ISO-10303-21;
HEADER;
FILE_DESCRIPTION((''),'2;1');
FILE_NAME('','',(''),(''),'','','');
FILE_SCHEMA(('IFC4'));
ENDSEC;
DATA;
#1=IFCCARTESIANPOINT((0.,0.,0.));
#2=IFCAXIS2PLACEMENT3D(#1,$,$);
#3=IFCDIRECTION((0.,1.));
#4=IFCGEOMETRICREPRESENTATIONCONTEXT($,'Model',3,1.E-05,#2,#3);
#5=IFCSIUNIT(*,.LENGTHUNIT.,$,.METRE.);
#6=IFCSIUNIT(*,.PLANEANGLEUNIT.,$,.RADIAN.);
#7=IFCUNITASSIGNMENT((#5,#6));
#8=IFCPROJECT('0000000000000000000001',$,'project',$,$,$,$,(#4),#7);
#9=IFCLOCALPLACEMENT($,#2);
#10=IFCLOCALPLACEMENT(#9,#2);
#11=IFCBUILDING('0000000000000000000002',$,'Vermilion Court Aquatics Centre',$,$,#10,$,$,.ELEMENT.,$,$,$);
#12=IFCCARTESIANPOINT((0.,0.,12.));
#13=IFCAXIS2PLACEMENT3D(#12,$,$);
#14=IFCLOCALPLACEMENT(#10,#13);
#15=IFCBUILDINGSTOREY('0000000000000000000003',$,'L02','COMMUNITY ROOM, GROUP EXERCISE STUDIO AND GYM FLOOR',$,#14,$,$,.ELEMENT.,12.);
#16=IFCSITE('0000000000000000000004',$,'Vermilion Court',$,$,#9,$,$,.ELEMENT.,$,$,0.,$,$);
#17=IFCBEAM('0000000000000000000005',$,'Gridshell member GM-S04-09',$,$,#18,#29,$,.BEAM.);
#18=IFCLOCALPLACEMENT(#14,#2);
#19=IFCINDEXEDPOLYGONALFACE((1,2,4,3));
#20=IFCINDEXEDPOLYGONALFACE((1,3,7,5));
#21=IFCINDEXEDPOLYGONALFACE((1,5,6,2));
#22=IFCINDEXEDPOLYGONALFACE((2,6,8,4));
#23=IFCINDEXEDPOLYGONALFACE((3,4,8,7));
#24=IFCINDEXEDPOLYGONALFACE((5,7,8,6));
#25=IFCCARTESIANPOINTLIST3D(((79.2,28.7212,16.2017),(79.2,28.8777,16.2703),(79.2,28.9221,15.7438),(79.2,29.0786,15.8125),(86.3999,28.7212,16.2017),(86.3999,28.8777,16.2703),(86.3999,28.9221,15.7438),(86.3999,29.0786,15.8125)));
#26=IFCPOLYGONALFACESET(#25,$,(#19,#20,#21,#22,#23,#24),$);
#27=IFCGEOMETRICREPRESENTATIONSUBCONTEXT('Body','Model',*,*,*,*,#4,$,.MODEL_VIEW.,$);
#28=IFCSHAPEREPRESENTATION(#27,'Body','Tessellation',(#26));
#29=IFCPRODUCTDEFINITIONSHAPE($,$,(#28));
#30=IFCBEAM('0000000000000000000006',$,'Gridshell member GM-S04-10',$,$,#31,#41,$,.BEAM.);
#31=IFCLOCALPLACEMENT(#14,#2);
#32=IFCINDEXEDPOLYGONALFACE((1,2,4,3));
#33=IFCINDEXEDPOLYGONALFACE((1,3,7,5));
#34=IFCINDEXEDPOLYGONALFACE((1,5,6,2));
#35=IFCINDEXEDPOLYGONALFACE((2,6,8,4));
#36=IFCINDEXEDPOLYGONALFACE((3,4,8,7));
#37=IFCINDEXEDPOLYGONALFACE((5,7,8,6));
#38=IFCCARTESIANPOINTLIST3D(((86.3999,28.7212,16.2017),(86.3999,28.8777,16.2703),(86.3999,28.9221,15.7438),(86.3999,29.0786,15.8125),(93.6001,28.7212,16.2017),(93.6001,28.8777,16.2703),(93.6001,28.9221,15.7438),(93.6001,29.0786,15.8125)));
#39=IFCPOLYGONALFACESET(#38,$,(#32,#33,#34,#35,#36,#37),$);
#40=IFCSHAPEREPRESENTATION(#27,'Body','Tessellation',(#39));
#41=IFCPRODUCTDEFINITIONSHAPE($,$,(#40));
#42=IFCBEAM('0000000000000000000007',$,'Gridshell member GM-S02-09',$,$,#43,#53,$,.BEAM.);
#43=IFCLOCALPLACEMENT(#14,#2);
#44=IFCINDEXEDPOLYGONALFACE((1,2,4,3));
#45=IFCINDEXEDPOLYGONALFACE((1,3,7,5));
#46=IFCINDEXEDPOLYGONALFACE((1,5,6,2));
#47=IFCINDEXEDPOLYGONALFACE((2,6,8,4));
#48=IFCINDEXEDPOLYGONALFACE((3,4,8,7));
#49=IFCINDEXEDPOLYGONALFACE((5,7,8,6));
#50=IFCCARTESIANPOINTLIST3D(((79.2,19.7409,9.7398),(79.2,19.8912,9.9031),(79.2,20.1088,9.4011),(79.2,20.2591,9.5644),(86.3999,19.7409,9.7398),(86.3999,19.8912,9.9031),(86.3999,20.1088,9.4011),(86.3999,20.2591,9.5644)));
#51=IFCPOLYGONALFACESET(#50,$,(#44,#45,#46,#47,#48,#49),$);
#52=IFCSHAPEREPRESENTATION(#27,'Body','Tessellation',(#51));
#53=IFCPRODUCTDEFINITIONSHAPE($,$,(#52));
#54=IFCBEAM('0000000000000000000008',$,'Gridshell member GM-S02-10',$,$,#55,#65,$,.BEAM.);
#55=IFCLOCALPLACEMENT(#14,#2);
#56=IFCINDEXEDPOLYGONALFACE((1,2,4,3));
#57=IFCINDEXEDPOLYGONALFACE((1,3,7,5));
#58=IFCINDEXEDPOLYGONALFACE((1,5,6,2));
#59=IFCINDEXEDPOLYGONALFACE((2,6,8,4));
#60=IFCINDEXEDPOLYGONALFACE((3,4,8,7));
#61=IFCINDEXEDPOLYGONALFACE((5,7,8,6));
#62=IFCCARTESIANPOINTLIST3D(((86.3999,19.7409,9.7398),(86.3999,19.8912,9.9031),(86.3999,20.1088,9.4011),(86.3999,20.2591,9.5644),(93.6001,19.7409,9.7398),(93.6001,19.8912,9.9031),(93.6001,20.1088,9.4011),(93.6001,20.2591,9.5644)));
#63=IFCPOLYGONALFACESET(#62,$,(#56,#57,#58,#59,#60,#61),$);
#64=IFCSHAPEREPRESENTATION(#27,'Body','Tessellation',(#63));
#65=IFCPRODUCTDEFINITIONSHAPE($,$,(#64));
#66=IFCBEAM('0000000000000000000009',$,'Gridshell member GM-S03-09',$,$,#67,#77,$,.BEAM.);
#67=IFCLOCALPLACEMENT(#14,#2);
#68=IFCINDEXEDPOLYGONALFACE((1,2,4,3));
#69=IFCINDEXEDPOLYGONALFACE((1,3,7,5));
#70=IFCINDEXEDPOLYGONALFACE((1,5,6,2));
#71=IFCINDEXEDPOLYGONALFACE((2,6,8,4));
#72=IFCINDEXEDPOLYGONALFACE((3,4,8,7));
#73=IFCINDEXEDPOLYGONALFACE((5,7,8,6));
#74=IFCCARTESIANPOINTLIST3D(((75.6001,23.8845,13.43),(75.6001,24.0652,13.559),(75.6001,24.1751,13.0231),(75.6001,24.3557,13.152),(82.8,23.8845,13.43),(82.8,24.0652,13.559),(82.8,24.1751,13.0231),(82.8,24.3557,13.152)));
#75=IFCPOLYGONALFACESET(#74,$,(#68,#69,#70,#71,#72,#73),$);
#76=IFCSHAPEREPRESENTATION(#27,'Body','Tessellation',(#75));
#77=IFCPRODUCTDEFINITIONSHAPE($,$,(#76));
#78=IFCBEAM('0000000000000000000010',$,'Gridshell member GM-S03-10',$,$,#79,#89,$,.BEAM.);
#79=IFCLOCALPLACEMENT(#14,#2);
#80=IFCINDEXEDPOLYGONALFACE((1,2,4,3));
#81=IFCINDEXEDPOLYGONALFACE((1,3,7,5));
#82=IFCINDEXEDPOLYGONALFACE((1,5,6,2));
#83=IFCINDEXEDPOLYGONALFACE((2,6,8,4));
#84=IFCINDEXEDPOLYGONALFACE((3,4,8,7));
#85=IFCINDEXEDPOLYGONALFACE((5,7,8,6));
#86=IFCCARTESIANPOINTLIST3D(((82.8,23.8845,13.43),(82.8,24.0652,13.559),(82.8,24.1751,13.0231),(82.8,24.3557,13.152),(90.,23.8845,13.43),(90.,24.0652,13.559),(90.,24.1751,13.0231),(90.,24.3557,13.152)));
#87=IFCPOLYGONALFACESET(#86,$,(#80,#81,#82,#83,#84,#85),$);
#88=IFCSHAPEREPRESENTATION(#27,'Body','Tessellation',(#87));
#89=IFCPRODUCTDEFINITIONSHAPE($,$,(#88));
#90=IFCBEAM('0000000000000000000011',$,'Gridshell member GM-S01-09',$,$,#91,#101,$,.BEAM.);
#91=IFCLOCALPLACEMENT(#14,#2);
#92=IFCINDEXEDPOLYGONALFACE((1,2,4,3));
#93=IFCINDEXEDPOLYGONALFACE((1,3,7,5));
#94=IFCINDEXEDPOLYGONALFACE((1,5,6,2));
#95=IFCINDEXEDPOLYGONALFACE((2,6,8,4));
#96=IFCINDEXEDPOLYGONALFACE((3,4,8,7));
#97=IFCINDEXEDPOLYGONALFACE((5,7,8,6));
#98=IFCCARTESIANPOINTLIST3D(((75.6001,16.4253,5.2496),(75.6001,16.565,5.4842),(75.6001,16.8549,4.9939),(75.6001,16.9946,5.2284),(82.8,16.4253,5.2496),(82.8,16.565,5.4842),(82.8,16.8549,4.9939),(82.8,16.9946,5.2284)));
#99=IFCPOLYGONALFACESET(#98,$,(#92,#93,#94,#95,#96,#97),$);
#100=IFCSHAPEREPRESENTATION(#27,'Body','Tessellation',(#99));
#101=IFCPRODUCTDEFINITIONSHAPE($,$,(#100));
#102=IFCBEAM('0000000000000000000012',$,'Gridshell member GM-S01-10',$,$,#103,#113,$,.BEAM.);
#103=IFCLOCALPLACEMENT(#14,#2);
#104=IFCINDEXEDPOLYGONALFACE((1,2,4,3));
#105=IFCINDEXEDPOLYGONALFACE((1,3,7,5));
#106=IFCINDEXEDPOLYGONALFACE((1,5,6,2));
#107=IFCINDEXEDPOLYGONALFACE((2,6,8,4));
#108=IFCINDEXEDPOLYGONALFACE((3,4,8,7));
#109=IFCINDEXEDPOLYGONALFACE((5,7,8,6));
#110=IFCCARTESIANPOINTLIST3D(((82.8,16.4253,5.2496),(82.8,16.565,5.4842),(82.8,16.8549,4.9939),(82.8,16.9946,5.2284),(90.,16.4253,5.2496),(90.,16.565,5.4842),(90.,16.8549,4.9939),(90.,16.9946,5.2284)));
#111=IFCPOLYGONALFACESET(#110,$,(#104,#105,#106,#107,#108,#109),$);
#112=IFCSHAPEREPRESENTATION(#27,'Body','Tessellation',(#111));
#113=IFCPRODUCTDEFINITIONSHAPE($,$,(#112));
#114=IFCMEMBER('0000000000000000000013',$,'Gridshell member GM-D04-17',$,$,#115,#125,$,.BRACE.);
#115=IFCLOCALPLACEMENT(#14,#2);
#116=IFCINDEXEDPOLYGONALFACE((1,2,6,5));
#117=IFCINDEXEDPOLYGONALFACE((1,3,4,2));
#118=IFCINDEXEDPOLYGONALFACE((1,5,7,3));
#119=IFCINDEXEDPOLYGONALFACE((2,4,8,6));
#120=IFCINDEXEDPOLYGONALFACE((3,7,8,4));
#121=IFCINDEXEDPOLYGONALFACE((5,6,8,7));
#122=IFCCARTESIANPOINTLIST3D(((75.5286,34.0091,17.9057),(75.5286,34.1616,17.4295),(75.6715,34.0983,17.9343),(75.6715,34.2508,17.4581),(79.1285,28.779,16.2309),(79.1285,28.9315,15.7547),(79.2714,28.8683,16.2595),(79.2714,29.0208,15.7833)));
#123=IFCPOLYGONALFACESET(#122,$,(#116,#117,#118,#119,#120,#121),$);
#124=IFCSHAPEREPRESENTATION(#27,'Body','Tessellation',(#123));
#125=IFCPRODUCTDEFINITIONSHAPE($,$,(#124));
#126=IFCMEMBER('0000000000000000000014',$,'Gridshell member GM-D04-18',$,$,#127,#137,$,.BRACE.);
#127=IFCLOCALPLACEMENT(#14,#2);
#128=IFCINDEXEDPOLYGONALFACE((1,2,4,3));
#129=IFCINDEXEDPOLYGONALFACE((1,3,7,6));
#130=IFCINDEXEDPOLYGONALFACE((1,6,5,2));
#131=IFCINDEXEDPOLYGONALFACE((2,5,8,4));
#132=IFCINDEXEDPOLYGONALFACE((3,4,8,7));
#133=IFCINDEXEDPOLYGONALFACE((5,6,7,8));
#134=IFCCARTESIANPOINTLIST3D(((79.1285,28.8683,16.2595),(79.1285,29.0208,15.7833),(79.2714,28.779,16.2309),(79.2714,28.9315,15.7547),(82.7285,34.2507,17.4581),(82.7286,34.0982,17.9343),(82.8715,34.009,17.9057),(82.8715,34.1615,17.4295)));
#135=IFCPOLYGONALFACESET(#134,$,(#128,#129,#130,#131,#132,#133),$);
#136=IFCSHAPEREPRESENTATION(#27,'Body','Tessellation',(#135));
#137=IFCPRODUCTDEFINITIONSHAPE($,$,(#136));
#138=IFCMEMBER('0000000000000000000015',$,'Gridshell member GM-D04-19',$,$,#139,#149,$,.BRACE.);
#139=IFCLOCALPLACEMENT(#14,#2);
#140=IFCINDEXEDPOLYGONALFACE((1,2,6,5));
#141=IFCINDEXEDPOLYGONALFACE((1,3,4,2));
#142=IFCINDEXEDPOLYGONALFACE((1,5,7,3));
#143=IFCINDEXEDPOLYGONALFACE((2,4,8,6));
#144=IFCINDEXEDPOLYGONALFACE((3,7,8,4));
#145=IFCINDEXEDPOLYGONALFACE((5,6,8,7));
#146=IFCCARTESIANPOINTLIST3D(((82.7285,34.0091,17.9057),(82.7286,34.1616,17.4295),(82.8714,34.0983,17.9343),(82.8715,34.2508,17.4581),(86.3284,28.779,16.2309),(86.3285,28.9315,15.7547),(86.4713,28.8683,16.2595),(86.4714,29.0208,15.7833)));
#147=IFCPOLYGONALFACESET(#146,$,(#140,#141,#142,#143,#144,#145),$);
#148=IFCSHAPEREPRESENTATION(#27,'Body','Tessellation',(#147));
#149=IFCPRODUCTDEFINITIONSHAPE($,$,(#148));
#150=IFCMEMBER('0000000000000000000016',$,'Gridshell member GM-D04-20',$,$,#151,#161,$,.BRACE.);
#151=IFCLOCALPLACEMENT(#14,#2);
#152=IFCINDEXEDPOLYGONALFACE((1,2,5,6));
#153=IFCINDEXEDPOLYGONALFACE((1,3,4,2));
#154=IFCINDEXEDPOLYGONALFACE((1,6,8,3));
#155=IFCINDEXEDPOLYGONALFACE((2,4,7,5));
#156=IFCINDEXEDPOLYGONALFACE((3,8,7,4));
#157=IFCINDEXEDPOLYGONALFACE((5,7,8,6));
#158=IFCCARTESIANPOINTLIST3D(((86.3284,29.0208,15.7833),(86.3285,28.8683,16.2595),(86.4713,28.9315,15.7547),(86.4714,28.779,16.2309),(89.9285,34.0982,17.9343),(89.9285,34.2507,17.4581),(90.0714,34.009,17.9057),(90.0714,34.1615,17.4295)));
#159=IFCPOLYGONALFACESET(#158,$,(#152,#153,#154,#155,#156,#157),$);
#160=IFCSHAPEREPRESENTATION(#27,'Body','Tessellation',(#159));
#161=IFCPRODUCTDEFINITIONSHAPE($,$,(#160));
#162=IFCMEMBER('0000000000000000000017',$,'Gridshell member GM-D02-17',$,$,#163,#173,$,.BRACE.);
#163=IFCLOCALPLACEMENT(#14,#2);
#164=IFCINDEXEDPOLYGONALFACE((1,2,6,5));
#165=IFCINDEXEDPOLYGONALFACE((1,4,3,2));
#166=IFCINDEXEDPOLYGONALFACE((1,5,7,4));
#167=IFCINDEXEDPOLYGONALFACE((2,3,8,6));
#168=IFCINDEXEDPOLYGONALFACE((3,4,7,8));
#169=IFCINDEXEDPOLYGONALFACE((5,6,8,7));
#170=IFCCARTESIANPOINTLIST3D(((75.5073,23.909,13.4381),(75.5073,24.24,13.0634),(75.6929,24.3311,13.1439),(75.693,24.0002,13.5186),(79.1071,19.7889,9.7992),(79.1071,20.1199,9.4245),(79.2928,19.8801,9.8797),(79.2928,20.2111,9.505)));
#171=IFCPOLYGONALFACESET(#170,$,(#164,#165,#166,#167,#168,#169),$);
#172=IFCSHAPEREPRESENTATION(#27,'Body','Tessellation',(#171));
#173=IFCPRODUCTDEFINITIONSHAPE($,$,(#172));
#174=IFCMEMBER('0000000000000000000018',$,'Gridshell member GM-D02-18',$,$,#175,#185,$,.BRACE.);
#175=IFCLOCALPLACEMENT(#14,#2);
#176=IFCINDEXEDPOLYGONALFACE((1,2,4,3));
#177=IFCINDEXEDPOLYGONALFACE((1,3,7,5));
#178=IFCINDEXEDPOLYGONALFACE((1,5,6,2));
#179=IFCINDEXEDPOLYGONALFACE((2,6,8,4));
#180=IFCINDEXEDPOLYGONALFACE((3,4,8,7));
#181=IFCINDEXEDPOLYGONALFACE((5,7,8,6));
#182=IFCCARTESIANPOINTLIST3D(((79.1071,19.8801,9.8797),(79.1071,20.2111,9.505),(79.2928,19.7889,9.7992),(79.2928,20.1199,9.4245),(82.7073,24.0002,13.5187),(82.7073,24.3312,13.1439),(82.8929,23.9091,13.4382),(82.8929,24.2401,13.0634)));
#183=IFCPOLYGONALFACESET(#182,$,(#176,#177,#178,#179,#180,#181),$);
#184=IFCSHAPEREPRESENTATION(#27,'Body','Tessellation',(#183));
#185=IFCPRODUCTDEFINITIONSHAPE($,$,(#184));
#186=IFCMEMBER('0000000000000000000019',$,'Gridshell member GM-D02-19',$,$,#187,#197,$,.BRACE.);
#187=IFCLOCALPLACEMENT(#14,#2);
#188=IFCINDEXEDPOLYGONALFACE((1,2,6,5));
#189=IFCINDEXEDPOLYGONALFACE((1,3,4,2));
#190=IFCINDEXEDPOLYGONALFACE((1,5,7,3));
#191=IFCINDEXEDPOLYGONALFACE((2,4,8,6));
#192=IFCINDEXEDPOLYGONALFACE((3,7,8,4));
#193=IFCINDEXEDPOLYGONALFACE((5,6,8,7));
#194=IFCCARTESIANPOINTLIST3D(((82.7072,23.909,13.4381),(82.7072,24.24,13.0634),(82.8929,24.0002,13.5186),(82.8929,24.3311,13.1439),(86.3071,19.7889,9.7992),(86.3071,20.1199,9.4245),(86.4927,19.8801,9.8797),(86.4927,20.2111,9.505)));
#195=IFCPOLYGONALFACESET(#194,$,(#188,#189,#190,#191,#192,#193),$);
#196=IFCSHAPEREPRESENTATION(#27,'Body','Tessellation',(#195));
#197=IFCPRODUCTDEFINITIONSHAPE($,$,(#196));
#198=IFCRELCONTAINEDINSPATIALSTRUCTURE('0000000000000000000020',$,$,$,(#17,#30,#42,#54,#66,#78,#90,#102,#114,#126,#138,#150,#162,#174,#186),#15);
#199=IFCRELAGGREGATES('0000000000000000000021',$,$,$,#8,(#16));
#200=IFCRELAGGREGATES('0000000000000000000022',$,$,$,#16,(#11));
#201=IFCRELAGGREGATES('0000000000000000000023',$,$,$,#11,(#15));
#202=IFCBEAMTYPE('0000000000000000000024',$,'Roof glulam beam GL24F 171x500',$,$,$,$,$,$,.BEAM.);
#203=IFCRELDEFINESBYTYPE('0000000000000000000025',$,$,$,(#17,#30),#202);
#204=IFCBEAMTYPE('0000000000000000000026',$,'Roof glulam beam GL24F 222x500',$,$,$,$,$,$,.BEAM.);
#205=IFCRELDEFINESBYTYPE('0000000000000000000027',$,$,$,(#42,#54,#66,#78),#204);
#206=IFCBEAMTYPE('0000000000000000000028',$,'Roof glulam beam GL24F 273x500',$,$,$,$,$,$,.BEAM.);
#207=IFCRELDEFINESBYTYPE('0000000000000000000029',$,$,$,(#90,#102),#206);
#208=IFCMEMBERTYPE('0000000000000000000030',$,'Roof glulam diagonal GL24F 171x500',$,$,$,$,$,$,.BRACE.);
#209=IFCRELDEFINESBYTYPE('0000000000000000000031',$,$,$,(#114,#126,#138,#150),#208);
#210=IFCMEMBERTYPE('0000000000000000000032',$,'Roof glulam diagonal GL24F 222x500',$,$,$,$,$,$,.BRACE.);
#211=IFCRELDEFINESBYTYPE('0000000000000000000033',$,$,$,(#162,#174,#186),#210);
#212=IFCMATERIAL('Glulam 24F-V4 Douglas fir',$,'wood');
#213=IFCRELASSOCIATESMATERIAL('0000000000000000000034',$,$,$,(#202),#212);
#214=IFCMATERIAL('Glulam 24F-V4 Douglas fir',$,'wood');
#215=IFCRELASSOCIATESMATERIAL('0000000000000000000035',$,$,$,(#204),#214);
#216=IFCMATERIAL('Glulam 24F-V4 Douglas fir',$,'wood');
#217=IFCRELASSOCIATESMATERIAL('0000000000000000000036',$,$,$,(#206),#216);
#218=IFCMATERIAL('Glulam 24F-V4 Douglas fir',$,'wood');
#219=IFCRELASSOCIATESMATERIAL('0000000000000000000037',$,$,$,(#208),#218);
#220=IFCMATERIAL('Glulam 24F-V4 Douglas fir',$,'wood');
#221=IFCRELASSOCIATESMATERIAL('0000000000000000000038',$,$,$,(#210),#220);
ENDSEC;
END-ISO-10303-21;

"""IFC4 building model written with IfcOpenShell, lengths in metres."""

from ifc_helpers import new_model, si_unit, direction, frame, origin, origin_2d, place, context, subcontext, project, spatial, rectangle, extrude, material, material_profile, profile_set, type_object, element, save


model = new_model("IFC4")

# Units and contexts
model_context = context("Model", 3, precision=1e-05, world=origin(), true_north=direction((0.0, 1.0)))
body_context = subcontext(model_context, "Body", "Model", "MODEL_VIEW")
ifc_project = project(units=[si_unit("LENGTHUNIT", "METRE"), si_unit("PLANEANGLEUNIT", "RADIAN")], contexts=[model_context])

# Site, building, storey
site_placement = place(None, origin())
site = spatial("IfcSite", under=ifc_project, at=site_placement, Name="Vermilion Court", CompositionType="ELEMENT", RefElevation=0.0)
building_placement = place(site_placement, origin())
building = spatial("IfcBuilding", under=site, at=building_placement, Name="Vermilion Court Aquatics Centre", CompositionType="ELEMENT")
storey_placement = place(building_placement, frame((0.0, 0.0, 12.0)))
storey = spatial("IfcBuildingStorey", under=building, at=storey_placement, Name="L02", Description="COMMUNITY ROOM, GROUP EXERCISE STUDIO AND GYM FLOOR", CompositionType="ELEMENT", Elevation=12.0)

# Beams
ifc_material_1 = material(Name="Glulam 24F-V4 Douglas fir", Category="wood")
ifc_material_profile_1 = material_profile(ifc_material_1, rectangle(XDim=0.1709, YDim=0.5, at=origin_2d()), Name="GL24F 171x500")
ifc_profile_set_1 = profile_set([ifc_material_profile_1], Name="Glulam 24F-V4 Douglas fir")
beam_type_1 = type_object("IfcBeamType", Name="Roof glulam beam GL24F 171x500", PredefinedType="BEAM", material=ifc_profile_set_1)
beam_1_placement = place(storey_placement, frame((79.2, 28.8999, 16.0071), z_axis=(1.0, 0.0, 0.0), x_axis=(0.0, 0.915794, 0.401648)))
element("IfcBeam", 1, at=beam_1_placement, inside=storey, type_object=beam_type_1, Name="Gridshell member GM-S04-09", PredefinedType="BEAM", context=body_context, shape_type="SweptSolid", body=[
    extrude(rectangle(XDim=0.1709, YDim=0.5, at=origin_2d()), origin(), (0.0, 0.0, 1.0), 7.2),
])
beam_2_placement = place(storey_placement, frame((86.3999, 28.8999, 16.0071), z_axis=(1.0, 0.0, 0.0), x_axis=(0.0, 0.915794, 0.401648)))
element("IfcBeam", 2, at=beam_2_placement, inside=storey, type_object=beam_type_1, Name="Gridshell member GM-S04-10", PredefinedType="BEAM", context=body_context, shape_type="SweptSolid", body=[
    extrude(rectangle(XDim=0.1709, YDim=0.5, at=origin_2d()), origin(), (0.0, 0.0, 1.0), 7.2002),
])
ifc_material_2 = material(Name="Glulam 24F-V4 Douglas fir", Category="wood")
ifc_material_profile_2 = material_profile(ifc_material_2, rectangle(XDim=0.2219, YDim=0.5, at=origin_2d()), Name="GL24F 222x500")
ifc_profile_set_2 = profile_set([ifc_material_profile_2], Name="Glulam 24F-V4 Douglas fir")
beam_type_2 = type_object("IfcBeamType", Name="Roof glulam beam GL24F 222x500", PredefinedType="BEAM", material=ifc_profile_set_2)
beam_3_placement = place(storey_placement, frame((79.2, 20.0, 9.6521), z_axis=(1.0, 0.0, 0.0), x_axis=(0.0, 0.67726, 0.735744)))
element("IfcBeam", 3, at=beam_3_placement, inside=storey, type_object=beam_type_2, Name="Gridshell member GM-S02-09", PredefinedType="BEAM", context=body_context, shape_type="SweptSolid", body=[
    extrude(rectangle(XDim=0.2219, YDim=0.5, at=origin_2d()), origin(), (0.0, 0.0, 1.0), 7.2),
])
beam_4_placement = place(storey_placement, frame((86.3999, 20.0, 9.6521), z_axis=(1.0, 0.0, 0.0), x_axis=(0.0, 0.67726, 0.735744)))
element("IfcBeam", 4, at=beam_4_placement, inside=storey, type_object=beam_type_2, Name="Gridshell member GM-S02-10", PredefinedType="BEAM", context=body_context, shape_type="SweptSolid", body=[
    extrude(rectangle(XDim=0.2219, YDim=0.5, at=origin_2d()), origin(), (0.0, 0.0, 1.0), 7.2002),
])
for number, where, z_axis, x_axis, name in (
    (5, (75.6001, 24.1201, 13.291), (1.0, 0.0, 0.0), (0.0, 0.813848, 0.581078), "Gridshell member GM-S03-09"),
    (6, (82.8, 24.1201, 13.291), (1.0, 0.0, 0.0), (0.0, 0.813848, 0.581078), "Gridshell member GM-S03-10"),
):
    element("IfcBeam", number, at=place(storey_placement, frame(where, z_axis=z_axis, x_axis=x_axis)), inside=storey, type_object=beam_type_2, Name=name, PredefinedType="BEAM", context=body_context, shape_type="SweptSolid", body=[
        extrude(rectangle(XDim=0.2219, YDim=0.5, at=origin_2d()), origin(), (0.0, 0.0, 1.0), 7.2),
    ])
ifc_material_3 = material(Name="Glulam 24F-V4 Douglas fir", Category="wood")
ifc_material_profile_3 = material_profile(ifc_material_3, rectangle(XDim=0.2729, YDim=0.5, at=origin_2d()), Name="GL24F 273x500")
ifc_profile_set_3 = profile_set([ifc_material_profile_3], Name="Glulam 24F-V4 Douglas fir")
beam_type_3 = type_object("IfcBeamType", Name="Roof glulam beam GL24F 273x500", PredefinedType="BEAM", material=ifc_profile_set_3)
for number, where, z_axis, x_axis, name in (
    (7, (75.6001, 16.71, 5.239), (1.0, 0.0, 0.0), (0.0, 0.511595, 0.859227), "Gridshell member GM-S01-09"),
    (8, (82.8, 16.71, 5.239), (1.0, 0.0, 0.0), (0.0, 0.511595, 0.859227), "Gridshell member GM-S01-10"),
):
    element("IfcBeam", number, at=place(storey_placement, frame(where, z_axis=z_axis, x_axis=x_axis)), inside=storey, type_object=beam_type_3, Name=name, PredefinedType="BEAM", context=body_context, shape_type="SweptSolid", body=[
        extrude(rectangle(XDim=0.2729, YDim=0.5, at=origin_2d()), origin(), (0.0, 0.0, 1.0), 7.2),
    ])

# Members
ifc_material_4 = material(Name="Glulam 24F-V4 Douglas fir", Category="wood")
ifc_material_profile_4 = material_profile(ifc_material_4, rectangle(XDim=0.1709, YDim=0.5, at=origin_2d()), Name="GL24F 171x500")
ifc_profile_set_4 = profile_set([ifc_material_profile_4], Name="Glulam 24F-V4 Douglas fir")
member_type_1 = type_object("IfcMemberType", Name="Roof glulam diagonal GL24F 171x500", PredefinedType="BRACE", material=ifc_profile_set_4)
for number, where, z_axis, x_axis, name in (
    (9, (79.2, 28.8999, 16.0071), (-0.54823, 0.796485, 0.25506), (-0.836328, -0.522086, -0.167278), "Gridshell member GM-D04-17"),
    (10, (79.2, 28.8999, 16.0071), (0.548256, 0.796469, 0.255055), (-0.836311, 0.522113, 0.167278), "Gridshell member GM-D04-18"),
    (11, (86.3999, 28.8999, 16.0071), (-0.54823, 0.796485, 0.25506), (-0.836328, -0.522086, -0.167278), "Gridshell member GM-D04-19"),
    (12, (86.3999, 28.8999, 16.0071), (0.548256, 0.796469, 0.255055), (-0.836311, 0.522113, 0.167278), "Gridshell member GM-D04-20"),
):
    element("IfcMember", number, at=place(storey_placement, frame(where, z_axis=z_axis, x_axis=x_axis)), inside=storey, type_object=member_type_1, Name=name, PredefinedType="BRACE", context=body_context, shape_type="SweptSolid", body=[
        extrude(rectangle(XDim=0.1709, YDim=0.5, at=origin_2d()), origin(), (0.0, 0.0, 1.0), 6.5664),
    ])
ifc_material_5 = material(Name="Glulam 24F-V4 Douglas fir", Category="wood")
ifc_material_profile_5 = material_profile(ifc_material_5, rectangle(XDim=0.2219, YDim=0.5, at=origin_2d()), Name="GL24F 222x500")
ifc_profile_set_5 = profile_set([ifc_material_profile_5], Name="Glulam 24F-V4 Douglas fir")
member_type_2 = type_object("IfcMemberType", Name="Roof glulam diagonal GL24F 222x500", PredefinedType="BRACE", material=ifc_profile_set_5)
member_1_placement = place(storey_placement, frame((79.2, 20.0, 9.6521), z_axis=(-0.547852, 0.62703, 0.553797), x_axis=(-0.836575, -0.410632, -0.362661)))
element("IfcMember", 13, at=member_1_placement, inside=storey, type_object=member_type_2, Name="Gridshell member GM-D02-17", PredefinedType="BRACE", context=body_context, shape_type="SweptSolid", body=[
    extrude(rectangle(XDim=0.2219, YDim=0.5, at=origin_2d()), origin(), (0.0, 0.0, 1.0), 6.5708),
])
member_2_placement = place(storey_placement, frame((79.2, 20.0, 9.6521), z_axis=(0.547878, 0.627017, 0.553786), x_axis=(-0.836558, 0.410664, 0.362664)))
element("IfcMember", 14, at=member_2_placement, inside=storey, type_object=member_type_2, Name="Gridshell member GM-D02-18", PredefinedType="BRACE", context=body_context, shape_type="SweptSolid", body=[
    extrude(rectangle(XDim=0.2219, YDim=0.5, at=origin_2d()), origin(), (0.0, 0.0, 1.0), 6.571),
])
member_3_placement = place(storey_placement, frame((86.3999, 20.0, 9.6521), z_axis=(-0.547852, 0.62703, 0.553797), x_axis=(-0.836575, -0.410632, -0.362661)))
element("IfcMember", 15, at=member_3_placement, inside=storey, type_object=member_type_2, Name="Gridshell member GM-D02-19", PredefinedType="BRACE", context=body_context, shape_type="SweptSolid", body=[
    extrude(rectangle(XDim=0.2219, YDim=0.5, at=origin_2d()), origin(), (0.0, 0.0, 1.0), 6.5708),
])

save(model, "model.ifc")
